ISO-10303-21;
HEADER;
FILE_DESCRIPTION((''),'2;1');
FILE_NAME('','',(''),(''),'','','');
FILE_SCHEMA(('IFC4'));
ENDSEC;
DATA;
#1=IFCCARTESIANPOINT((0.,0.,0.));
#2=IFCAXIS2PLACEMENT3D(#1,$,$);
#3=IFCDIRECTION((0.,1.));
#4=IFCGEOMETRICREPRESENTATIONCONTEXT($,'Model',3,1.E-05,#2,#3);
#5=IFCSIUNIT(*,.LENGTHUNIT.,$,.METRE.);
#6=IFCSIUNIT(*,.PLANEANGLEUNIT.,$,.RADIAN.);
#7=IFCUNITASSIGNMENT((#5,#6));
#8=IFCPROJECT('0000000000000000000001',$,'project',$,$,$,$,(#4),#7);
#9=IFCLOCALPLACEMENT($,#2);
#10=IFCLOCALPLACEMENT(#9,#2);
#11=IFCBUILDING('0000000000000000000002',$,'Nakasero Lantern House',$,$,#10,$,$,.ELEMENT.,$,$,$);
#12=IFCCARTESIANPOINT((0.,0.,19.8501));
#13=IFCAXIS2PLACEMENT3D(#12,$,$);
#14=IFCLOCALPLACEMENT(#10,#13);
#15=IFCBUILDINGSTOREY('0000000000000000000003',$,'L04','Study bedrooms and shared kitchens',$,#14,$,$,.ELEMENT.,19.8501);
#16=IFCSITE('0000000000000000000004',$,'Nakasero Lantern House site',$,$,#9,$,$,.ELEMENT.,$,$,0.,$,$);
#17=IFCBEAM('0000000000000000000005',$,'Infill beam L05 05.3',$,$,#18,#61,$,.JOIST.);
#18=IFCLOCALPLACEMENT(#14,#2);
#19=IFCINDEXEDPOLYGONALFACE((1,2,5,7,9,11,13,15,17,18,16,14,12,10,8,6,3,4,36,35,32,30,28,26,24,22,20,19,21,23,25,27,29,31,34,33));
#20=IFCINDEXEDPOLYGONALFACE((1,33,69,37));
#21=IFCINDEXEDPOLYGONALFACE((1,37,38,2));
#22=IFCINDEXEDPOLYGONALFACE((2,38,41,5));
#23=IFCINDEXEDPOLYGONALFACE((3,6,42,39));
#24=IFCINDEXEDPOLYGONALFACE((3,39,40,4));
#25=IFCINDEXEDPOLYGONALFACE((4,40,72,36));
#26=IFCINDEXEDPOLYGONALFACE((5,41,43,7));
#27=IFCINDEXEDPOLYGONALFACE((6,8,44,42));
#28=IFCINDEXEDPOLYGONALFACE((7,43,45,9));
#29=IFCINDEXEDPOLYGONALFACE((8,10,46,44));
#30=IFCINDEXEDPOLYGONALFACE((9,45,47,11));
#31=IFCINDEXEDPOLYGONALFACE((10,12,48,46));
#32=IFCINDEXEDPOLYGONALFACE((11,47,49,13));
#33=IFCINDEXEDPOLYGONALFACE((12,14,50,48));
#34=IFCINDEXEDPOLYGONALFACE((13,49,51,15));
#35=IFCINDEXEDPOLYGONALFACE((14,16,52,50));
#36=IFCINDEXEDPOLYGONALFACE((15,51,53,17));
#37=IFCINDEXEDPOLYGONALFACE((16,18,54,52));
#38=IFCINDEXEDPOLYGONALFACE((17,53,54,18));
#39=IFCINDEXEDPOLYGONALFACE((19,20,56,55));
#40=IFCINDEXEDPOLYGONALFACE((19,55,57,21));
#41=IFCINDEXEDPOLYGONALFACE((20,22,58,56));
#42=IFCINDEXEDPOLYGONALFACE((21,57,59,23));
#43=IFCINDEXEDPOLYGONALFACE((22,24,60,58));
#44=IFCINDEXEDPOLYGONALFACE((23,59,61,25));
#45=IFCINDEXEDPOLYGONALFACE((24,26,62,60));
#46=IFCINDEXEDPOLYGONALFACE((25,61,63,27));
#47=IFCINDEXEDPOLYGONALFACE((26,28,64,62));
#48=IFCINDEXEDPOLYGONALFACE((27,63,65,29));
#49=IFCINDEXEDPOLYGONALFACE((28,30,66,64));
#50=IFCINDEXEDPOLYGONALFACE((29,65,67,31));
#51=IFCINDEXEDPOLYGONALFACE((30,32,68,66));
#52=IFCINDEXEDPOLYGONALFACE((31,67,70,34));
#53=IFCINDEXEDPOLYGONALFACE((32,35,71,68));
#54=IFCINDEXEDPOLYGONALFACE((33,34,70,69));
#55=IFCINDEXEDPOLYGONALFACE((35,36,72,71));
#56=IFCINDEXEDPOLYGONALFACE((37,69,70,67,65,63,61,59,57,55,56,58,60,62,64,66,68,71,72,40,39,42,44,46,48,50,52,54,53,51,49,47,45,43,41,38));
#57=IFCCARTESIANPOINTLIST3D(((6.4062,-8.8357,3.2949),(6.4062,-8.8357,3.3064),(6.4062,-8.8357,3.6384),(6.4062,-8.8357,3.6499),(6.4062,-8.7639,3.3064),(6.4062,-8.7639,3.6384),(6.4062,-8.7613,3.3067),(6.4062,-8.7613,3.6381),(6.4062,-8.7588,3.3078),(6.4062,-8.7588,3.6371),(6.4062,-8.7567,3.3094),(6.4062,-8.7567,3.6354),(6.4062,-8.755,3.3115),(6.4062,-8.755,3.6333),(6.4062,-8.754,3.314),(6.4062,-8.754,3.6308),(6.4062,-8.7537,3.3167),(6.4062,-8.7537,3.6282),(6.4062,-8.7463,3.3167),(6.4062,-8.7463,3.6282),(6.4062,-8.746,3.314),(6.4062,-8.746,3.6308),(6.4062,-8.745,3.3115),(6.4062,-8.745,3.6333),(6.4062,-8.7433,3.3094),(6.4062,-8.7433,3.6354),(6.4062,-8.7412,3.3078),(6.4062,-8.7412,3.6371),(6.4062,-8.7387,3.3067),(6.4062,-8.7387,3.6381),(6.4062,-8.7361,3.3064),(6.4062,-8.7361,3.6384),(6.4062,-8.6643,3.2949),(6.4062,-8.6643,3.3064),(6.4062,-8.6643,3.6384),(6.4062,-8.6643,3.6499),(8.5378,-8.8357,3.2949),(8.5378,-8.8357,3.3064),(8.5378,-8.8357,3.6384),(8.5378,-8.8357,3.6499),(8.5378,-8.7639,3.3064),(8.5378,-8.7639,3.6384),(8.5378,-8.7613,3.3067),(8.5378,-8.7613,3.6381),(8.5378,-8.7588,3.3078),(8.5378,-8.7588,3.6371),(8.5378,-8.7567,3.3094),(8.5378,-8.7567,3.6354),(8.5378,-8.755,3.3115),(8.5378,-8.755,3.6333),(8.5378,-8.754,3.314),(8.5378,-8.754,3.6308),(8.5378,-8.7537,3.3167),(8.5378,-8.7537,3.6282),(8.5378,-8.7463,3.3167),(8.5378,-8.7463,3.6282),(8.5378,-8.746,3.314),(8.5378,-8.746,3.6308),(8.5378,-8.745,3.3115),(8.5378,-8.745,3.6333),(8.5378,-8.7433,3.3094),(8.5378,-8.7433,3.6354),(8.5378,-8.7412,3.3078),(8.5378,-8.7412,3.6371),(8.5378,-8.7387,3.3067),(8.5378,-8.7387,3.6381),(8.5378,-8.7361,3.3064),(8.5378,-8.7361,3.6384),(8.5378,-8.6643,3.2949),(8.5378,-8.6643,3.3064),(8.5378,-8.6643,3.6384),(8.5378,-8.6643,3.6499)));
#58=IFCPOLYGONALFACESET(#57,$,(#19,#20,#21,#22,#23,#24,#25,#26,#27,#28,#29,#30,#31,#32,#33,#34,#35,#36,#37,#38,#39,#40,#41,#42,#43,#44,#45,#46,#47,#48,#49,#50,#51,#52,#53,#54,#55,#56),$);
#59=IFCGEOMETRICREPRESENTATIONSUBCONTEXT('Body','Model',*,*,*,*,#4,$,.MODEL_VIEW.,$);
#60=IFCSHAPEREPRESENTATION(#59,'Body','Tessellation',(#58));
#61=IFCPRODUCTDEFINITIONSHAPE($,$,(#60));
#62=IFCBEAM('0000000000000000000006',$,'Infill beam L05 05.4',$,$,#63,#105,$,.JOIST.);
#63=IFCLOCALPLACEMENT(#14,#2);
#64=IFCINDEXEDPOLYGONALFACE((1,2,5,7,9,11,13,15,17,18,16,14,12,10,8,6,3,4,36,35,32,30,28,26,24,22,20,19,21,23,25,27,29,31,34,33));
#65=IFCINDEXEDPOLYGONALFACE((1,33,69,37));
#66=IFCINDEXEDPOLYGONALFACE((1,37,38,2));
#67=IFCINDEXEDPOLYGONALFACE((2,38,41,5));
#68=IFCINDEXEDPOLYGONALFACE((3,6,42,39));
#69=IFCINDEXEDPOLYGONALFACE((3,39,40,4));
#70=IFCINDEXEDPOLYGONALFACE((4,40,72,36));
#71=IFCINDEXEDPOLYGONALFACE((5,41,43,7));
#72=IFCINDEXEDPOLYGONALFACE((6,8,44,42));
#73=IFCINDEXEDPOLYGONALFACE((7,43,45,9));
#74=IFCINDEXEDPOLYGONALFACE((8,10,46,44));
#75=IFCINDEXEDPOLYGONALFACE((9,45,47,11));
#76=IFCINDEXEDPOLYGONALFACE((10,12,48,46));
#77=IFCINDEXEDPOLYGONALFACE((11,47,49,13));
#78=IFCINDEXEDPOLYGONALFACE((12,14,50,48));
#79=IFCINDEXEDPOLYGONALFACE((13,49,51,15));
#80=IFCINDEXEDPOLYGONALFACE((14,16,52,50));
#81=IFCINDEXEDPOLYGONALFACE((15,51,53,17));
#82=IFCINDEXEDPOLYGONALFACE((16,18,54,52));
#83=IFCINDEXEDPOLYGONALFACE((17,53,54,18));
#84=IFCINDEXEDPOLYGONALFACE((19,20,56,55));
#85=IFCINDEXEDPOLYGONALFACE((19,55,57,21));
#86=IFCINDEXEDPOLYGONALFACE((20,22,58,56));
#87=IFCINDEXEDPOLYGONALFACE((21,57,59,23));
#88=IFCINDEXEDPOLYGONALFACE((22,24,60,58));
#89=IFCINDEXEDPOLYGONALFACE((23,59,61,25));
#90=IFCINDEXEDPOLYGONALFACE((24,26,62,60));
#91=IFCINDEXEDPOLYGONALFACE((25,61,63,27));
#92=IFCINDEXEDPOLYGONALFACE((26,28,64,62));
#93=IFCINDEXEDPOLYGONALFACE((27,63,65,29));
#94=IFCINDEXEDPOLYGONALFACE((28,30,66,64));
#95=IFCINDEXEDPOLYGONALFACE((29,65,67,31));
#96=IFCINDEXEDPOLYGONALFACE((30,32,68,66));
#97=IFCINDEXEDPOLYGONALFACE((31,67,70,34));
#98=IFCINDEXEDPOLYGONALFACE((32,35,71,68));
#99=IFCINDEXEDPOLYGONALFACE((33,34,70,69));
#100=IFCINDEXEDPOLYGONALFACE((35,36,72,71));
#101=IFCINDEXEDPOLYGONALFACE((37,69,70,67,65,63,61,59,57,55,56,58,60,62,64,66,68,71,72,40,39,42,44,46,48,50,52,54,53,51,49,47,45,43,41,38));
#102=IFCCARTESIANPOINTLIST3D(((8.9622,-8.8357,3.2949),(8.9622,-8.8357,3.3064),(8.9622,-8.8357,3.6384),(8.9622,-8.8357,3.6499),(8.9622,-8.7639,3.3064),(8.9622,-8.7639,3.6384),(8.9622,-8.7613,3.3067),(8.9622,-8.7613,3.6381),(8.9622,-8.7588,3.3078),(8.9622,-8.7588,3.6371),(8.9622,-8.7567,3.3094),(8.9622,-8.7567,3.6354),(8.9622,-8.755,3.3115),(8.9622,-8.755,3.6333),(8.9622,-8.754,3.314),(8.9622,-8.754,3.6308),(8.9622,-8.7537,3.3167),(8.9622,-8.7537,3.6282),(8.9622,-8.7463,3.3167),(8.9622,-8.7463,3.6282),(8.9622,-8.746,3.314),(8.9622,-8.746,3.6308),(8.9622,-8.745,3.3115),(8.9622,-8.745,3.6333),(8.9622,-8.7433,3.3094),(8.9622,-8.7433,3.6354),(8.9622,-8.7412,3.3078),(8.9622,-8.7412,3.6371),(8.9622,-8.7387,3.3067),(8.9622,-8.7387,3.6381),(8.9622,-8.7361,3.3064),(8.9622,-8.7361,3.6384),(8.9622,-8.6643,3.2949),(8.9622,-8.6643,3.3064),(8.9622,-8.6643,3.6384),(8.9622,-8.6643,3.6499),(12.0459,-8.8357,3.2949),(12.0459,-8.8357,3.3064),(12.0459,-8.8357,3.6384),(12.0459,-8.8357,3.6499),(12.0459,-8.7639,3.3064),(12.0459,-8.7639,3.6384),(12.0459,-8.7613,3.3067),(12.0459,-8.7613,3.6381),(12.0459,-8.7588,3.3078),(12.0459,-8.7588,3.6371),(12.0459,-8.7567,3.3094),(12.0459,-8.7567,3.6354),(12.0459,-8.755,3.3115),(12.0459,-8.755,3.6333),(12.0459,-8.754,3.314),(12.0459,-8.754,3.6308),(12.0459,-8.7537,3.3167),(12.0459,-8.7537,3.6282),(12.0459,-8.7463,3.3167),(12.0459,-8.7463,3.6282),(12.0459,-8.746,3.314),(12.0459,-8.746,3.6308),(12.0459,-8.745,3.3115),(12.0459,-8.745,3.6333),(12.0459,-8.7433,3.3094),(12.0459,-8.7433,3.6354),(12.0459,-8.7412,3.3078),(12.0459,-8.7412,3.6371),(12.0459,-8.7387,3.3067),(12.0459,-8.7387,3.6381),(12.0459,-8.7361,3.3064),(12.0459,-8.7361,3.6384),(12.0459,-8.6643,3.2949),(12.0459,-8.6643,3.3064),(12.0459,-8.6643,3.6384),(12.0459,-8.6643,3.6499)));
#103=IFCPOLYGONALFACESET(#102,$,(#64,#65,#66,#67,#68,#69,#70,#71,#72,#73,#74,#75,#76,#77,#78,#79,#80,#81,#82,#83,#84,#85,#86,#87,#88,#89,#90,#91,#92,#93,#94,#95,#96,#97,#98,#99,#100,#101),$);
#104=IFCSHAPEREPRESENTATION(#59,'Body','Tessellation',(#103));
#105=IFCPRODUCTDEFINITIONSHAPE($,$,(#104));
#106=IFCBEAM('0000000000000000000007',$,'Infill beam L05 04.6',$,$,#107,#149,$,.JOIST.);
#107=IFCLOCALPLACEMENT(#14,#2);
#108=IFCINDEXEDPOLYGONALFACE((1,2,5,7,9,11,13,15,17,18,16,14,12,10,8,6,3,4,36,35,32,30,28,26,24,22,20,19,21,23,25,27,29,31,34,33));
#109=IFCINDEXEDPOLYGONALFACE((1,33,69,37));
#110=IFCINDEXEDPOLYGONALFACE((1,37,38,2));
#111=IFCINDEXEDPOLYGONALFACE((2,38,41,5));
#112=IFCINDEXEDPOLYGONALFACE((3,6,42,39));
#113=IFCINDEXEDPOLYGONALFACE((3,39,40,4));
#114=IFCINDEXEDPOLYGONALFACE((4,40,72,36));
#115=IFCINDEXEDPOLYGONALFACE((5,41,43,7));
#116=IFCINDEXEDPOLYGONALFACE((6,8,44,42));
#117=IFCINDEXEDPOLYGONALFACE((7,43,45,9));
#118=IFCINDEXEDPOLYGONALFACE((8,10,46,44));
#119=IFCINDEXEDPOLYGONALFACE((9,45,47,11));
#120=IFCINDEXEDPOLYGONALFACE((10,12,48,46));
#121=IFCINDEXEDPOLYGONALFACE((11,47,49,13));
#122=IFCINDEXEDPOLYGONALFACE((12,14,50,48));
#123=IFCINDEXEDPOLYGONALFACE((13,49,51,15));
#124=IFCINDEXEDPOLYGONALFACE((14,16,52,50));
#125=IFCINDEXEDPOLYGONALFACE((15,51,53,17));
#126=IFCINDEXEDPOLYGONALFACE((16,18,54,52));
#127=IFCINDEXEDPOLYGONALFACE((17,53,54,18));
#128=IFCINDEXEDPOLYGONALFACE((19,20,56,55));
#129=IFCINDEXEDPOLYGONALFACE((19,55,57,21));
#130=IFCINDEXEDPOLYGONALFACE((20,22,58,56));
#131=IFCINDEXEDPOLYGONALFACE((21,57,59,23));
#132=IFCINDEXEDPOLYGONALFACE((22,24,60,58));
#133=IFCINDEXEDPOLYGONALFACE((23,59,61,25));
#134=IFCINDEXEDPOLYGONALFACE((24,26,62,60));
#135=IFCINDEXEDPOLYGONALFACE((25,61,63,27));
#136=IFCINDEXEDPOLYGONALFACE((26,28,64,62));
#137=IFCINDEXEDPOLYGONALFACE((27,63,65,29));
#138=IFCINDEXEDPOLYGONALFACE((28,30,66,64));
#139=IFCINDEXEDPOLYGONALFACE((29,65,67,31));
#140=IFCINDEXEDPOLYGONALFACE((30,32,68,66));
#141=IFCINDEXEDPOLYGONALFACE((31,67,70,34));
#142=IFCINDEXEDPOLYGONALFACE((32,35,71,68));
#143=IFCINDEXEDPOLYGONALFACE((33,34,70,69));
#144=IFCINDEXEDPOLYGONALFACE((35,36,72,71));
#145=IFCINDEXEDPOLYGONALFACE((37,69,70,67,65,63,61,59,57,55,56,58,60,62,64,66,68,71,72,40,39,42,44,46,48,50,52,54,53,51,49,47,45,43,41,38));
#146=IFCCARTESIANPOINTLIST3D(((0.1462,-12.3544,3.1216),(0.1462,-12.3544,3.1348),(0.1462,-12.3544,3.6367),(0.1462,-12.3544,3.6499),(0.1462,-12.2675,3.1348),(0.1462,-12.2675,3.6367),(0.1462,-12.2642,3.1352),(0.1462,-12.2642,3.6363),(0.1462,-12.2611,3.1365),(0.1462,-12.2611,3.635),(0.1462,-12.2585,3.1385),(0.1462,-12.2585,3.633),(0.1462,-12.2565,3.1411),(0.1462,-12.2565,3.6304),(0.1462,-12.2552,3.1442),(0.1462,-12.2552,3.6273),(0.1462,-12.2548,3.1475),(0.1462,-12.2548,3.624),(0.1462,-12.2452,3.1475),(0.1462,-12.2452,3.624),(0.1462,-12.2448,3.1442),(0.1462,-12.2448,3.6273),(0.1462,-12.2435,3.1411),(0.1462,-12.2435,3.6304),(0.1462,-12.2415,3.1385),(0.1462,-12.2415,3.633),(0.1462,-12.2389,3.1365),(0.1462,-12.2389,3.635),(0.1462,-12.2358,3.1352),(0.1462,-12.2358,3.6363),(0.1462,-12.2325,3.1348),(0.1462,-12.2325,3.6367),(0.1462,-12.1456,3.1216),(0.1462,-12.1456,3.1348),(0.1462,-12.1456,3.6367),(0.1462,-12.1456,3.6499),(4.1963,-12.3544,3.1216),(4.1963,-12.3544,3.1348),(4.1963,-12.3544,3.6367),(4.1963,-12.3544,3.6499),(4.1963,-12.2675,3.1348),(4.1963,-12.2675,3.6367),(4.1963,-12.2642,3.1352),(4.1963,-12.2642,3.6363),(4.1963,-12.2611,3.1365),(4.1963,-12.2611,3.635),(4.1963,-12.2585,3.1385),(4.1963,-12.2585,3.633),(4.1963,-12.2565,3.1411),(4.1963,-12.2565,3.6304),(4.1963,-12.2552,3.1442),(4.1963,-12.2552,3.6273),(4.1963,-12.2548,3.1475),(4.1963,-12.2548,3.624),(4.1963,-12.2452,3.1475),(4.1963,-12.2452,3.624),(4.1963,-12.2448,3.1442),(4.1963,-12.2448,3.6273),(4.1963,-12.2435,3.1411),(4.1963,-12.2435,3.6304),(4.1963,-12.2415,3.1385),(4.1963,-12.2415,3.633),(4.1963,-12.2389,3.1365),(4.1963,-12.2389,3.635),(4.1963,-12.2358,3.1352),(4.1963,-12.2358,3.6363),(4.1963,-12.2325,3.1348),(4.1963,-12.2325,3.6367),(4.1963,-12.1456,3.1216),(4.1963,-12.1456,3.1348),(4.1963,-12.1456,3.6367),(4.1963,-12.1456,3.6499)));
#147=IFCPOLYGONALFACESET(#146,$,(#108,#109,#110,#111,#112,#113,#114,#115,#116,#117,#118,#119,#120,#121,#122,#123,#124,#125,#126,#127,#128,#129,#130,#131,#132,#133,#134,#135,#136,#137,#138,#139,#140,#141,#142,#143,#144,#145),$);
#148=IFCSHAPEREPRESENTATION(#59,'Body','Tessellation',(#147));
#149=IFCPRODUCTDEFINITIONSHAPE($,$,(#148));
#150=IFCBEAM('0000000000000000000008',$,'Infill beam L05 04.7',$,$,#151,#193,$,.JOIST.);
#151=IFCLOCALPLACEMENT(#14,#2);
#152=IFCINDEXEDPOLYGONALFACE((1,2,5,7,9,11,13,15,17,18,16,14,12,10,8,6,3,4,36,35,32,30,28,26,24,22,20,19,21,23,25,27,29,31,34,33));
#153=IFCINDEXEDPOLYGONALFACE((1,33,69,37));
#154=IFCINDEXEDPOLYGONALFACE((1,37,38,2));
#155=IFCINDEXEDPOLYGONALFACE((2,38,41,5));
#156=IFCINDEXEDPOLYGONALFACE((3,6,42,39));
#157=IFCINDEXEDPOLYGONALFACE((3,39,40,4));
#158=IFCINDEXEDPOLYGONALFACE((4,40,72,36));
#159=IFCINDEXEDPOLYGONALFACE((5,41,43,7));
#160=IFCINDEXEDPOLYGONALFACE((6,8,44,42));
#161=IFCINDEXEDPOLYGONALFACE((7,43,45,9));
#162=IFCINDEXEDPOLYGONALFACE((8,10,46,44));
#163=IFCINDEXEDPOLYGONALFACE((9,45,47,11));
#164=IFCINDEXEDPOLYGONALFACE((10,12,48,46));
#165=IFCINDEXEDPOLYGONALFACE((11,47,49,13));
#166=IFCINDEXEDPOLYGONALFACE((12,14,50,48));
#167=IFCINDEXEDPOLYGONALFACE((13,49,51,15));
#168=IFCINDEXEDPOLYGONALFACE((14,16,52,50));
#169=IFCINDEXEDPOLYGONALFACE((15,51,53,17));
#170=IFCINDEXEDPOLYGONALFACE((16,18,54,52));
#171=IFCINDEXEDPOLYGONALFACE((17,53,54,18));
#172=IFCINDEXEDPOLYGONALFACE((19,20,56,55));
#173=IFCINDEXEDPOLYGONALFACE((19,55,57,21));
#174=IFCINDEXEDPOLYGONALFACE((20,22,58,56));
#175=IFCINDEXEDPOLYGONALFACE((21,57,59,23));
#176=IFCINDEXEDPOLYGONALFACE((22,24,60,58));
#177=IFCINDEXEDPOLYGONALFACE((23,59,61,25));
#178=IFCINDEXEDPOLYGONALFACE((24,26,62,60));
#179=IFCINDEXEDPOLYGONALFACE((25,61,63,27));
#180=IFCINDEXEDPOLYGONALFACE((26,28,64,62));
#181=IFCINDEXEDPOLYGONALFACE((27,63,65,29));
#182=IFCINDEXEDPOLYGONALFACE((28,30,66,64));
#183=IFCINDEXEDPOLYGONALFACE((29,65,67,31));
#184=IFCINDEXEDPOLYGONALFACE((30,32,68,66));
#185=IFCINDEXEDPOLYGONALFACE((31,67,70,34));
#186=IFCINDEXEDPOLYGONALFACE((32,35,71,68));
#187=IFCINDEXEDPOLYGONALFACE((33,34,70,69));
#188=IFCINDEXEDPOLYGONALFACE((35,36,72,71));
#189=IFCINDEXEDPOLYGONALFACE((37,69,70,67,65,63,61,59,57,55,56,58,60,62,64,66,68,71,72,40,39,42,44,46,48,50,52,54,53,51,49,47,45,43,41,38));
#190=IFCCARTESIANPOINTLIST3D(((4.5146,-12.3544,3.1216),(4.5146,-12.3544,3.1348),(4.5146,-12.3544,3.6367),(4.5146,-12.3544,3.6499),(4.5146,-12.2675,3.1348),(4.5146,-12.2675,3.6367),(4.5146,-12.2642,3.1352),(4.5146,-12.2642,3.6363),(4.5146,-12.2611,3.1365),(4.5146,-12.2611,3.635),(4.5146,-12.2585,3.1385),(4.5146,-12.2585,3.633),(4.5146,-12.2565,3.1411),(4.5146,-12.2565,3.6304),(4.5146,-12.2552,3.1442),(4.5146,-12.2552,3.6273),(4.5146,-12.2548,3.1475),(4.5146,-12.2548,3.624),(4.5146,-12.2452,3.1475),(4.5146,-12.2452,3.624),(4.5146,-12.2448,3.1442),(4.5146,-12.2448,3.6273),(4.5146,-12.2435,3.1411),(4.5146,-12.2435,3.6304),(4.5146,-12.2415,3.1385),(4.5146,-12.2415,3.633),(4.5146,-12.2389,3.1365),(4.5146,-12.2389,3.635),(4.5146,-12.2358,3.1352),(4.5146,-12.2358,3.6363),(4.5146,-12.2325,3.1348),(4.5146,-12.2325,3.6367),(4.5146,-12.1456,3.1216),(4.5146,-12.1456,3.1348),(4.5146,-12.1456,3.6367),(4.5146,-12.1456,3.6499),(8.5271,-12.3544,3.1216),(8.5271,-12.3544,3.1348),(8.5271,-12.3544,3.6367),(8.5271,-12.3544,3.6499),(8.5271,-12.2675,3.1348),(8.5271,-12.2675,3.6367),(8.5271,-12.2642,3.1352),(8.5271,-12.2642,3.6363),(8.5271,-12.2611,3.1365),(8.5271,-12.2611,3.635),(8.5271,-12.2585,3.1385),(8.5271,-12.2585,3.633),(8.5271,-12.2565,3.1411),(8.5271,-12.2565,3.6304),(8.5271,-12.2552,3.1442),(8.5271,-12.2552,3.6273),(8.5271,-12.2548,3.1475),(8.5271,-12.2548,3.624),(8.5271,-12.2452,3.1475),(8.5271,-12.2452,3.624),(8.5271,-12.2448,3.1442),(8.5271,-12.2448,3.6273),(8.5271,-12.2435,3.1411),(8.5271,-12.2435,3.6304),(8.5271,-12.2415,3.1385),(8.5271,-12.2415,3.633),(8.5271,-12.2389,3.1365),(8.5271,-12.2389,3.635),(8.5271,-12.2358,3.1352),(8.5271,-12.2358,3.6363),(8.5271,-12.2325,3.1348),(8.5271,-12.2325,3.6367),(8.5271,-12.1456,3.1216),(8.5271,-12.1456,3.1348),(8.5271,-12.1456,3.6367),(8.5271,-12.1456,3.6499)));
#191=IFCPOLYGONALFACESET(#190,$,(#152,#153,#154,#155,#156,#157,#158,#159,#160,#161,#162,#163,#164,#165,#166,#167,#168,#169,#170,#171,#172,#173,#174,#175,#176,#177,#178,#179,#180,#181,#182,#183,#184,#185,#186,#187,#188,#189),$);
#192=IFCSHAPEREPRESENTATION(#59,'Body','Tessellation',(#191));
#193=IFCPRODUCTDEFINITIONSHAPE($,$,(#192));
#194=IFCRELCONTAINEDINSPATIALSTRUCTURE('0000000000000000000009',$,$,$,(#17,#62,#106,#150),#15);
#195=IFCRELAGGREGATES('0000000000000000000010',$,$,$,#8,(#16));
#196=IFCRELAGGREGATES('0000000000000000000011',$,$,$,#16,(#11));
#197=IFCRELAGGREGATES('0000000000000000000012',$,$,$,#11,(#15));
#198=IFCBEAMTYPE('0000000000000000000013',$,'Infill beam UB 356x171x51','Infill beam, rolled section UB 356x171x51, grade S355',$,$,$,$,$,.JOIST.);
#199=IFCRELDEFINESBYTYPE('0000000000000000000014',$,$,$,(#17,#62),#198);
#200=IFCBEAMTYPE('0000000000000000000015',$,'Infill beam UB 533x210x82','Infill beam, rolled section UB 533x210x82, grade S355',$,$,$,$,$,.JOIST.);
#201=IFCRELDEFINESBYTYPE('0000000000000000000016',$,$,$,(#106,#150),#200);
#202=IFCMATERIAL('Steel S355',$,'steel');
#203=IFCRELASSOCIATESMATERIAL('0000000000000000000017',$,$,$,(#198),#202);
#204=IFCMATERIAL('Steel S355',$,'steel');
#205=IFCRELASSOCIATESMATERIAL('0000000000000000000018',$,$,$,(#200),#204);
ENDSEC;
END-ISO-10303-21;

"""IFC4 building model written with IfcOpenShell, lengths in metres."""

from ifc_helpers import new_model, si_unit, direction, frame, origin, origin_2d, place, context, subcontext, project, spatial, i_section, extrude, material, material_profile, profile_set, type_object, element, save


model = new_model("IFC4")

# Units and contexts
model_context = context("Model", 3, precision=1e-05, world=origin(), true_north=direction((0.0, 1.0)))
body_context = subcontext(model_context, "Body", "Model", "MODEL_VIEW")
ifc_project = project(units=[si_unit("LENGTHUNIT", "METRE"), si_unit("PLANEANGLEUNIT", "RADIAN")], contexts=[model_context])

# Site, building, storey
site_placement = place(None, origin())
site = spatial("IfcSite", under=ifc_project, at=site_placement, Name="Nakasero Lantern House site", CompositionType="ELEMENT", RefElevation=0.0)
building_placement = place(site_placement, origin())
building = spatial("IfcBuilding", under=site, at=building_placement, Name="Nakasero Lantern House", CompositionType="ELEMENT")
storey_placement = place(building_placement, frame((0.0, 0.0, 19.8501)))
storey = spatial("IfcBuildingStorey", under=building, at=storey_placement, Name="L04", Description="Study bedrooms and shared kitchens", CompositionType="ELEMENT", Elevation=19.8501)

# Beams
ifc_material_1 = material(Name="Steel S355", Category="steel")
ifc_material_profile_1 = material_profile(ifc_material_1, i_section(OverallWidth=0.1714, OverallDepth=0.355, WebThickness=0.0073, FlangeThickness=0.0115, FilletRadius=0.0103, at=origin_2d()), Name="UB 356x171x51")
ifc_profile_set_1 = profile_set([ifc_material_profile_1], Name="Steel S355")
beam_type_1 = type_object("IfcBeamType", Name="Infill beam UB 356x171x51", Description="Infill beam, rolled section UB 356x171x51, grade S355", PredefinedType="JOIST", material=ifc_profile_set_1)
beam_1_placement = place(storey_placement, frame((6.4062, -8.75, 3.4724), z_axis=(1.0, 0.0, 0.0), x_axis=(0.0, 1.0, 0.0)))
element("IfcBeam", 1, at=beam_1_placement, inside=storey, type_object=beam_type_1, Name="Infill beam L05 05.3", PredefinedType="JOIST", context=body_context, shape_type="SweptSolid", body=[
    extrude(i_section(OverallWidth=0.1714, OverallDepth=0.355, WebThickness=0.0073, FlangeThickness=0.0115, FilletRadius=0.0103, at=origin_2d()), origin(), (0.0, 0.0, 1.0), 2.1316),
])
beam_2_placement = place(storey_placement, frame((8.9622, -8.75, 3.4724), z_axis=(1.0, 0.0, 0.0), x_axis=(0.0, 1.0, 0.0)))
element("IfcBeam", 2, at=beam_2_placement, inside=storey, type_object=beam_type_1, Name="Infill beam L05 05.4", PredefinedType="JOIST", context=body_context, shape_type="SweptSolid", body=[
    extrude(i_section(OverallWidth=0.1714, OverallDepth=0.355, WebThickness=0.0073, FlangeThickness=0.0115, FilletRadius=0.0103, at=origin_2d()), origin(), (0.0, 0.0, 1.0), 3.0837),
])
ifc_material_2 = material(Name="Steel S355", Category="steel")
ifc_material_profile_2 = material_profile(ifc_material_2, i_section(OverallWidth=0.2087, OverallDepth=0.5283, WebThickness=0.0095, FlangeThickness=0.0132, FilletRadius=0.0127, at=origin_2d()), Name="UB 533x210x82")
ifc_profile_set_2 = profile_set([ifc_material_profile_2], Name="Steel S355")
beam_type_2 = type_object("IfcBeamType", Name="Infill beam UB 533x210x82", Description="Infill beam, rolled section UB 533x210x82, grade S355", PredefinedType="JOIST", material=ifc_profile_set_2)
beam_3_placement = place(storey_placement, frame((0.1462, -12.25, 3.3857), z_axis=(1.0, 0.0, 0.0), x_axis=(0.0, 1.0, 0.0)))
element("IfcBeam", 3, at=beam_3_placement, inside=storey, type_object=beam_type_2, Name="Infill beam L05 04.6", PredefinedType="JOIST", context=body_context, shape_type="SweptSolid", body=[
    extrude(i_section(OverallWidth=0.2087, OverallDepth=0.5283, WebThickness=0.0095, FlangeThickness=0.0132, FilletRadius=0.0127, at=origin_2d()), origin(), (0.0, 0.0, 1.0), 4.05),
])
beam_4_placement = place(storey_placement, frame((4.5146, -12.25, 3.3857), z_axis=(1.0, 0.0, 0.0), x_axis=(0.0, 1.0, 0.0)))
element("IfcBeam", 4, at=beam_4_placement, inside=storey, type_object=beam_type_2, Name="Infill beam L05 04.7", PredefinedType="JOIST", context=body_context, shape_type="SweptSolid", body=[
    extrude(i_section(OverallWidth=0.2087, OverallDepth=0.5283, WebThickness=0.0095, FlangeThickness=0.0132, FilletRadius=0.0127, at=origin_2d()), origin(), (0.0, 0.0, 1.0), 4.0125),
])

save(model, "model.ifc")
